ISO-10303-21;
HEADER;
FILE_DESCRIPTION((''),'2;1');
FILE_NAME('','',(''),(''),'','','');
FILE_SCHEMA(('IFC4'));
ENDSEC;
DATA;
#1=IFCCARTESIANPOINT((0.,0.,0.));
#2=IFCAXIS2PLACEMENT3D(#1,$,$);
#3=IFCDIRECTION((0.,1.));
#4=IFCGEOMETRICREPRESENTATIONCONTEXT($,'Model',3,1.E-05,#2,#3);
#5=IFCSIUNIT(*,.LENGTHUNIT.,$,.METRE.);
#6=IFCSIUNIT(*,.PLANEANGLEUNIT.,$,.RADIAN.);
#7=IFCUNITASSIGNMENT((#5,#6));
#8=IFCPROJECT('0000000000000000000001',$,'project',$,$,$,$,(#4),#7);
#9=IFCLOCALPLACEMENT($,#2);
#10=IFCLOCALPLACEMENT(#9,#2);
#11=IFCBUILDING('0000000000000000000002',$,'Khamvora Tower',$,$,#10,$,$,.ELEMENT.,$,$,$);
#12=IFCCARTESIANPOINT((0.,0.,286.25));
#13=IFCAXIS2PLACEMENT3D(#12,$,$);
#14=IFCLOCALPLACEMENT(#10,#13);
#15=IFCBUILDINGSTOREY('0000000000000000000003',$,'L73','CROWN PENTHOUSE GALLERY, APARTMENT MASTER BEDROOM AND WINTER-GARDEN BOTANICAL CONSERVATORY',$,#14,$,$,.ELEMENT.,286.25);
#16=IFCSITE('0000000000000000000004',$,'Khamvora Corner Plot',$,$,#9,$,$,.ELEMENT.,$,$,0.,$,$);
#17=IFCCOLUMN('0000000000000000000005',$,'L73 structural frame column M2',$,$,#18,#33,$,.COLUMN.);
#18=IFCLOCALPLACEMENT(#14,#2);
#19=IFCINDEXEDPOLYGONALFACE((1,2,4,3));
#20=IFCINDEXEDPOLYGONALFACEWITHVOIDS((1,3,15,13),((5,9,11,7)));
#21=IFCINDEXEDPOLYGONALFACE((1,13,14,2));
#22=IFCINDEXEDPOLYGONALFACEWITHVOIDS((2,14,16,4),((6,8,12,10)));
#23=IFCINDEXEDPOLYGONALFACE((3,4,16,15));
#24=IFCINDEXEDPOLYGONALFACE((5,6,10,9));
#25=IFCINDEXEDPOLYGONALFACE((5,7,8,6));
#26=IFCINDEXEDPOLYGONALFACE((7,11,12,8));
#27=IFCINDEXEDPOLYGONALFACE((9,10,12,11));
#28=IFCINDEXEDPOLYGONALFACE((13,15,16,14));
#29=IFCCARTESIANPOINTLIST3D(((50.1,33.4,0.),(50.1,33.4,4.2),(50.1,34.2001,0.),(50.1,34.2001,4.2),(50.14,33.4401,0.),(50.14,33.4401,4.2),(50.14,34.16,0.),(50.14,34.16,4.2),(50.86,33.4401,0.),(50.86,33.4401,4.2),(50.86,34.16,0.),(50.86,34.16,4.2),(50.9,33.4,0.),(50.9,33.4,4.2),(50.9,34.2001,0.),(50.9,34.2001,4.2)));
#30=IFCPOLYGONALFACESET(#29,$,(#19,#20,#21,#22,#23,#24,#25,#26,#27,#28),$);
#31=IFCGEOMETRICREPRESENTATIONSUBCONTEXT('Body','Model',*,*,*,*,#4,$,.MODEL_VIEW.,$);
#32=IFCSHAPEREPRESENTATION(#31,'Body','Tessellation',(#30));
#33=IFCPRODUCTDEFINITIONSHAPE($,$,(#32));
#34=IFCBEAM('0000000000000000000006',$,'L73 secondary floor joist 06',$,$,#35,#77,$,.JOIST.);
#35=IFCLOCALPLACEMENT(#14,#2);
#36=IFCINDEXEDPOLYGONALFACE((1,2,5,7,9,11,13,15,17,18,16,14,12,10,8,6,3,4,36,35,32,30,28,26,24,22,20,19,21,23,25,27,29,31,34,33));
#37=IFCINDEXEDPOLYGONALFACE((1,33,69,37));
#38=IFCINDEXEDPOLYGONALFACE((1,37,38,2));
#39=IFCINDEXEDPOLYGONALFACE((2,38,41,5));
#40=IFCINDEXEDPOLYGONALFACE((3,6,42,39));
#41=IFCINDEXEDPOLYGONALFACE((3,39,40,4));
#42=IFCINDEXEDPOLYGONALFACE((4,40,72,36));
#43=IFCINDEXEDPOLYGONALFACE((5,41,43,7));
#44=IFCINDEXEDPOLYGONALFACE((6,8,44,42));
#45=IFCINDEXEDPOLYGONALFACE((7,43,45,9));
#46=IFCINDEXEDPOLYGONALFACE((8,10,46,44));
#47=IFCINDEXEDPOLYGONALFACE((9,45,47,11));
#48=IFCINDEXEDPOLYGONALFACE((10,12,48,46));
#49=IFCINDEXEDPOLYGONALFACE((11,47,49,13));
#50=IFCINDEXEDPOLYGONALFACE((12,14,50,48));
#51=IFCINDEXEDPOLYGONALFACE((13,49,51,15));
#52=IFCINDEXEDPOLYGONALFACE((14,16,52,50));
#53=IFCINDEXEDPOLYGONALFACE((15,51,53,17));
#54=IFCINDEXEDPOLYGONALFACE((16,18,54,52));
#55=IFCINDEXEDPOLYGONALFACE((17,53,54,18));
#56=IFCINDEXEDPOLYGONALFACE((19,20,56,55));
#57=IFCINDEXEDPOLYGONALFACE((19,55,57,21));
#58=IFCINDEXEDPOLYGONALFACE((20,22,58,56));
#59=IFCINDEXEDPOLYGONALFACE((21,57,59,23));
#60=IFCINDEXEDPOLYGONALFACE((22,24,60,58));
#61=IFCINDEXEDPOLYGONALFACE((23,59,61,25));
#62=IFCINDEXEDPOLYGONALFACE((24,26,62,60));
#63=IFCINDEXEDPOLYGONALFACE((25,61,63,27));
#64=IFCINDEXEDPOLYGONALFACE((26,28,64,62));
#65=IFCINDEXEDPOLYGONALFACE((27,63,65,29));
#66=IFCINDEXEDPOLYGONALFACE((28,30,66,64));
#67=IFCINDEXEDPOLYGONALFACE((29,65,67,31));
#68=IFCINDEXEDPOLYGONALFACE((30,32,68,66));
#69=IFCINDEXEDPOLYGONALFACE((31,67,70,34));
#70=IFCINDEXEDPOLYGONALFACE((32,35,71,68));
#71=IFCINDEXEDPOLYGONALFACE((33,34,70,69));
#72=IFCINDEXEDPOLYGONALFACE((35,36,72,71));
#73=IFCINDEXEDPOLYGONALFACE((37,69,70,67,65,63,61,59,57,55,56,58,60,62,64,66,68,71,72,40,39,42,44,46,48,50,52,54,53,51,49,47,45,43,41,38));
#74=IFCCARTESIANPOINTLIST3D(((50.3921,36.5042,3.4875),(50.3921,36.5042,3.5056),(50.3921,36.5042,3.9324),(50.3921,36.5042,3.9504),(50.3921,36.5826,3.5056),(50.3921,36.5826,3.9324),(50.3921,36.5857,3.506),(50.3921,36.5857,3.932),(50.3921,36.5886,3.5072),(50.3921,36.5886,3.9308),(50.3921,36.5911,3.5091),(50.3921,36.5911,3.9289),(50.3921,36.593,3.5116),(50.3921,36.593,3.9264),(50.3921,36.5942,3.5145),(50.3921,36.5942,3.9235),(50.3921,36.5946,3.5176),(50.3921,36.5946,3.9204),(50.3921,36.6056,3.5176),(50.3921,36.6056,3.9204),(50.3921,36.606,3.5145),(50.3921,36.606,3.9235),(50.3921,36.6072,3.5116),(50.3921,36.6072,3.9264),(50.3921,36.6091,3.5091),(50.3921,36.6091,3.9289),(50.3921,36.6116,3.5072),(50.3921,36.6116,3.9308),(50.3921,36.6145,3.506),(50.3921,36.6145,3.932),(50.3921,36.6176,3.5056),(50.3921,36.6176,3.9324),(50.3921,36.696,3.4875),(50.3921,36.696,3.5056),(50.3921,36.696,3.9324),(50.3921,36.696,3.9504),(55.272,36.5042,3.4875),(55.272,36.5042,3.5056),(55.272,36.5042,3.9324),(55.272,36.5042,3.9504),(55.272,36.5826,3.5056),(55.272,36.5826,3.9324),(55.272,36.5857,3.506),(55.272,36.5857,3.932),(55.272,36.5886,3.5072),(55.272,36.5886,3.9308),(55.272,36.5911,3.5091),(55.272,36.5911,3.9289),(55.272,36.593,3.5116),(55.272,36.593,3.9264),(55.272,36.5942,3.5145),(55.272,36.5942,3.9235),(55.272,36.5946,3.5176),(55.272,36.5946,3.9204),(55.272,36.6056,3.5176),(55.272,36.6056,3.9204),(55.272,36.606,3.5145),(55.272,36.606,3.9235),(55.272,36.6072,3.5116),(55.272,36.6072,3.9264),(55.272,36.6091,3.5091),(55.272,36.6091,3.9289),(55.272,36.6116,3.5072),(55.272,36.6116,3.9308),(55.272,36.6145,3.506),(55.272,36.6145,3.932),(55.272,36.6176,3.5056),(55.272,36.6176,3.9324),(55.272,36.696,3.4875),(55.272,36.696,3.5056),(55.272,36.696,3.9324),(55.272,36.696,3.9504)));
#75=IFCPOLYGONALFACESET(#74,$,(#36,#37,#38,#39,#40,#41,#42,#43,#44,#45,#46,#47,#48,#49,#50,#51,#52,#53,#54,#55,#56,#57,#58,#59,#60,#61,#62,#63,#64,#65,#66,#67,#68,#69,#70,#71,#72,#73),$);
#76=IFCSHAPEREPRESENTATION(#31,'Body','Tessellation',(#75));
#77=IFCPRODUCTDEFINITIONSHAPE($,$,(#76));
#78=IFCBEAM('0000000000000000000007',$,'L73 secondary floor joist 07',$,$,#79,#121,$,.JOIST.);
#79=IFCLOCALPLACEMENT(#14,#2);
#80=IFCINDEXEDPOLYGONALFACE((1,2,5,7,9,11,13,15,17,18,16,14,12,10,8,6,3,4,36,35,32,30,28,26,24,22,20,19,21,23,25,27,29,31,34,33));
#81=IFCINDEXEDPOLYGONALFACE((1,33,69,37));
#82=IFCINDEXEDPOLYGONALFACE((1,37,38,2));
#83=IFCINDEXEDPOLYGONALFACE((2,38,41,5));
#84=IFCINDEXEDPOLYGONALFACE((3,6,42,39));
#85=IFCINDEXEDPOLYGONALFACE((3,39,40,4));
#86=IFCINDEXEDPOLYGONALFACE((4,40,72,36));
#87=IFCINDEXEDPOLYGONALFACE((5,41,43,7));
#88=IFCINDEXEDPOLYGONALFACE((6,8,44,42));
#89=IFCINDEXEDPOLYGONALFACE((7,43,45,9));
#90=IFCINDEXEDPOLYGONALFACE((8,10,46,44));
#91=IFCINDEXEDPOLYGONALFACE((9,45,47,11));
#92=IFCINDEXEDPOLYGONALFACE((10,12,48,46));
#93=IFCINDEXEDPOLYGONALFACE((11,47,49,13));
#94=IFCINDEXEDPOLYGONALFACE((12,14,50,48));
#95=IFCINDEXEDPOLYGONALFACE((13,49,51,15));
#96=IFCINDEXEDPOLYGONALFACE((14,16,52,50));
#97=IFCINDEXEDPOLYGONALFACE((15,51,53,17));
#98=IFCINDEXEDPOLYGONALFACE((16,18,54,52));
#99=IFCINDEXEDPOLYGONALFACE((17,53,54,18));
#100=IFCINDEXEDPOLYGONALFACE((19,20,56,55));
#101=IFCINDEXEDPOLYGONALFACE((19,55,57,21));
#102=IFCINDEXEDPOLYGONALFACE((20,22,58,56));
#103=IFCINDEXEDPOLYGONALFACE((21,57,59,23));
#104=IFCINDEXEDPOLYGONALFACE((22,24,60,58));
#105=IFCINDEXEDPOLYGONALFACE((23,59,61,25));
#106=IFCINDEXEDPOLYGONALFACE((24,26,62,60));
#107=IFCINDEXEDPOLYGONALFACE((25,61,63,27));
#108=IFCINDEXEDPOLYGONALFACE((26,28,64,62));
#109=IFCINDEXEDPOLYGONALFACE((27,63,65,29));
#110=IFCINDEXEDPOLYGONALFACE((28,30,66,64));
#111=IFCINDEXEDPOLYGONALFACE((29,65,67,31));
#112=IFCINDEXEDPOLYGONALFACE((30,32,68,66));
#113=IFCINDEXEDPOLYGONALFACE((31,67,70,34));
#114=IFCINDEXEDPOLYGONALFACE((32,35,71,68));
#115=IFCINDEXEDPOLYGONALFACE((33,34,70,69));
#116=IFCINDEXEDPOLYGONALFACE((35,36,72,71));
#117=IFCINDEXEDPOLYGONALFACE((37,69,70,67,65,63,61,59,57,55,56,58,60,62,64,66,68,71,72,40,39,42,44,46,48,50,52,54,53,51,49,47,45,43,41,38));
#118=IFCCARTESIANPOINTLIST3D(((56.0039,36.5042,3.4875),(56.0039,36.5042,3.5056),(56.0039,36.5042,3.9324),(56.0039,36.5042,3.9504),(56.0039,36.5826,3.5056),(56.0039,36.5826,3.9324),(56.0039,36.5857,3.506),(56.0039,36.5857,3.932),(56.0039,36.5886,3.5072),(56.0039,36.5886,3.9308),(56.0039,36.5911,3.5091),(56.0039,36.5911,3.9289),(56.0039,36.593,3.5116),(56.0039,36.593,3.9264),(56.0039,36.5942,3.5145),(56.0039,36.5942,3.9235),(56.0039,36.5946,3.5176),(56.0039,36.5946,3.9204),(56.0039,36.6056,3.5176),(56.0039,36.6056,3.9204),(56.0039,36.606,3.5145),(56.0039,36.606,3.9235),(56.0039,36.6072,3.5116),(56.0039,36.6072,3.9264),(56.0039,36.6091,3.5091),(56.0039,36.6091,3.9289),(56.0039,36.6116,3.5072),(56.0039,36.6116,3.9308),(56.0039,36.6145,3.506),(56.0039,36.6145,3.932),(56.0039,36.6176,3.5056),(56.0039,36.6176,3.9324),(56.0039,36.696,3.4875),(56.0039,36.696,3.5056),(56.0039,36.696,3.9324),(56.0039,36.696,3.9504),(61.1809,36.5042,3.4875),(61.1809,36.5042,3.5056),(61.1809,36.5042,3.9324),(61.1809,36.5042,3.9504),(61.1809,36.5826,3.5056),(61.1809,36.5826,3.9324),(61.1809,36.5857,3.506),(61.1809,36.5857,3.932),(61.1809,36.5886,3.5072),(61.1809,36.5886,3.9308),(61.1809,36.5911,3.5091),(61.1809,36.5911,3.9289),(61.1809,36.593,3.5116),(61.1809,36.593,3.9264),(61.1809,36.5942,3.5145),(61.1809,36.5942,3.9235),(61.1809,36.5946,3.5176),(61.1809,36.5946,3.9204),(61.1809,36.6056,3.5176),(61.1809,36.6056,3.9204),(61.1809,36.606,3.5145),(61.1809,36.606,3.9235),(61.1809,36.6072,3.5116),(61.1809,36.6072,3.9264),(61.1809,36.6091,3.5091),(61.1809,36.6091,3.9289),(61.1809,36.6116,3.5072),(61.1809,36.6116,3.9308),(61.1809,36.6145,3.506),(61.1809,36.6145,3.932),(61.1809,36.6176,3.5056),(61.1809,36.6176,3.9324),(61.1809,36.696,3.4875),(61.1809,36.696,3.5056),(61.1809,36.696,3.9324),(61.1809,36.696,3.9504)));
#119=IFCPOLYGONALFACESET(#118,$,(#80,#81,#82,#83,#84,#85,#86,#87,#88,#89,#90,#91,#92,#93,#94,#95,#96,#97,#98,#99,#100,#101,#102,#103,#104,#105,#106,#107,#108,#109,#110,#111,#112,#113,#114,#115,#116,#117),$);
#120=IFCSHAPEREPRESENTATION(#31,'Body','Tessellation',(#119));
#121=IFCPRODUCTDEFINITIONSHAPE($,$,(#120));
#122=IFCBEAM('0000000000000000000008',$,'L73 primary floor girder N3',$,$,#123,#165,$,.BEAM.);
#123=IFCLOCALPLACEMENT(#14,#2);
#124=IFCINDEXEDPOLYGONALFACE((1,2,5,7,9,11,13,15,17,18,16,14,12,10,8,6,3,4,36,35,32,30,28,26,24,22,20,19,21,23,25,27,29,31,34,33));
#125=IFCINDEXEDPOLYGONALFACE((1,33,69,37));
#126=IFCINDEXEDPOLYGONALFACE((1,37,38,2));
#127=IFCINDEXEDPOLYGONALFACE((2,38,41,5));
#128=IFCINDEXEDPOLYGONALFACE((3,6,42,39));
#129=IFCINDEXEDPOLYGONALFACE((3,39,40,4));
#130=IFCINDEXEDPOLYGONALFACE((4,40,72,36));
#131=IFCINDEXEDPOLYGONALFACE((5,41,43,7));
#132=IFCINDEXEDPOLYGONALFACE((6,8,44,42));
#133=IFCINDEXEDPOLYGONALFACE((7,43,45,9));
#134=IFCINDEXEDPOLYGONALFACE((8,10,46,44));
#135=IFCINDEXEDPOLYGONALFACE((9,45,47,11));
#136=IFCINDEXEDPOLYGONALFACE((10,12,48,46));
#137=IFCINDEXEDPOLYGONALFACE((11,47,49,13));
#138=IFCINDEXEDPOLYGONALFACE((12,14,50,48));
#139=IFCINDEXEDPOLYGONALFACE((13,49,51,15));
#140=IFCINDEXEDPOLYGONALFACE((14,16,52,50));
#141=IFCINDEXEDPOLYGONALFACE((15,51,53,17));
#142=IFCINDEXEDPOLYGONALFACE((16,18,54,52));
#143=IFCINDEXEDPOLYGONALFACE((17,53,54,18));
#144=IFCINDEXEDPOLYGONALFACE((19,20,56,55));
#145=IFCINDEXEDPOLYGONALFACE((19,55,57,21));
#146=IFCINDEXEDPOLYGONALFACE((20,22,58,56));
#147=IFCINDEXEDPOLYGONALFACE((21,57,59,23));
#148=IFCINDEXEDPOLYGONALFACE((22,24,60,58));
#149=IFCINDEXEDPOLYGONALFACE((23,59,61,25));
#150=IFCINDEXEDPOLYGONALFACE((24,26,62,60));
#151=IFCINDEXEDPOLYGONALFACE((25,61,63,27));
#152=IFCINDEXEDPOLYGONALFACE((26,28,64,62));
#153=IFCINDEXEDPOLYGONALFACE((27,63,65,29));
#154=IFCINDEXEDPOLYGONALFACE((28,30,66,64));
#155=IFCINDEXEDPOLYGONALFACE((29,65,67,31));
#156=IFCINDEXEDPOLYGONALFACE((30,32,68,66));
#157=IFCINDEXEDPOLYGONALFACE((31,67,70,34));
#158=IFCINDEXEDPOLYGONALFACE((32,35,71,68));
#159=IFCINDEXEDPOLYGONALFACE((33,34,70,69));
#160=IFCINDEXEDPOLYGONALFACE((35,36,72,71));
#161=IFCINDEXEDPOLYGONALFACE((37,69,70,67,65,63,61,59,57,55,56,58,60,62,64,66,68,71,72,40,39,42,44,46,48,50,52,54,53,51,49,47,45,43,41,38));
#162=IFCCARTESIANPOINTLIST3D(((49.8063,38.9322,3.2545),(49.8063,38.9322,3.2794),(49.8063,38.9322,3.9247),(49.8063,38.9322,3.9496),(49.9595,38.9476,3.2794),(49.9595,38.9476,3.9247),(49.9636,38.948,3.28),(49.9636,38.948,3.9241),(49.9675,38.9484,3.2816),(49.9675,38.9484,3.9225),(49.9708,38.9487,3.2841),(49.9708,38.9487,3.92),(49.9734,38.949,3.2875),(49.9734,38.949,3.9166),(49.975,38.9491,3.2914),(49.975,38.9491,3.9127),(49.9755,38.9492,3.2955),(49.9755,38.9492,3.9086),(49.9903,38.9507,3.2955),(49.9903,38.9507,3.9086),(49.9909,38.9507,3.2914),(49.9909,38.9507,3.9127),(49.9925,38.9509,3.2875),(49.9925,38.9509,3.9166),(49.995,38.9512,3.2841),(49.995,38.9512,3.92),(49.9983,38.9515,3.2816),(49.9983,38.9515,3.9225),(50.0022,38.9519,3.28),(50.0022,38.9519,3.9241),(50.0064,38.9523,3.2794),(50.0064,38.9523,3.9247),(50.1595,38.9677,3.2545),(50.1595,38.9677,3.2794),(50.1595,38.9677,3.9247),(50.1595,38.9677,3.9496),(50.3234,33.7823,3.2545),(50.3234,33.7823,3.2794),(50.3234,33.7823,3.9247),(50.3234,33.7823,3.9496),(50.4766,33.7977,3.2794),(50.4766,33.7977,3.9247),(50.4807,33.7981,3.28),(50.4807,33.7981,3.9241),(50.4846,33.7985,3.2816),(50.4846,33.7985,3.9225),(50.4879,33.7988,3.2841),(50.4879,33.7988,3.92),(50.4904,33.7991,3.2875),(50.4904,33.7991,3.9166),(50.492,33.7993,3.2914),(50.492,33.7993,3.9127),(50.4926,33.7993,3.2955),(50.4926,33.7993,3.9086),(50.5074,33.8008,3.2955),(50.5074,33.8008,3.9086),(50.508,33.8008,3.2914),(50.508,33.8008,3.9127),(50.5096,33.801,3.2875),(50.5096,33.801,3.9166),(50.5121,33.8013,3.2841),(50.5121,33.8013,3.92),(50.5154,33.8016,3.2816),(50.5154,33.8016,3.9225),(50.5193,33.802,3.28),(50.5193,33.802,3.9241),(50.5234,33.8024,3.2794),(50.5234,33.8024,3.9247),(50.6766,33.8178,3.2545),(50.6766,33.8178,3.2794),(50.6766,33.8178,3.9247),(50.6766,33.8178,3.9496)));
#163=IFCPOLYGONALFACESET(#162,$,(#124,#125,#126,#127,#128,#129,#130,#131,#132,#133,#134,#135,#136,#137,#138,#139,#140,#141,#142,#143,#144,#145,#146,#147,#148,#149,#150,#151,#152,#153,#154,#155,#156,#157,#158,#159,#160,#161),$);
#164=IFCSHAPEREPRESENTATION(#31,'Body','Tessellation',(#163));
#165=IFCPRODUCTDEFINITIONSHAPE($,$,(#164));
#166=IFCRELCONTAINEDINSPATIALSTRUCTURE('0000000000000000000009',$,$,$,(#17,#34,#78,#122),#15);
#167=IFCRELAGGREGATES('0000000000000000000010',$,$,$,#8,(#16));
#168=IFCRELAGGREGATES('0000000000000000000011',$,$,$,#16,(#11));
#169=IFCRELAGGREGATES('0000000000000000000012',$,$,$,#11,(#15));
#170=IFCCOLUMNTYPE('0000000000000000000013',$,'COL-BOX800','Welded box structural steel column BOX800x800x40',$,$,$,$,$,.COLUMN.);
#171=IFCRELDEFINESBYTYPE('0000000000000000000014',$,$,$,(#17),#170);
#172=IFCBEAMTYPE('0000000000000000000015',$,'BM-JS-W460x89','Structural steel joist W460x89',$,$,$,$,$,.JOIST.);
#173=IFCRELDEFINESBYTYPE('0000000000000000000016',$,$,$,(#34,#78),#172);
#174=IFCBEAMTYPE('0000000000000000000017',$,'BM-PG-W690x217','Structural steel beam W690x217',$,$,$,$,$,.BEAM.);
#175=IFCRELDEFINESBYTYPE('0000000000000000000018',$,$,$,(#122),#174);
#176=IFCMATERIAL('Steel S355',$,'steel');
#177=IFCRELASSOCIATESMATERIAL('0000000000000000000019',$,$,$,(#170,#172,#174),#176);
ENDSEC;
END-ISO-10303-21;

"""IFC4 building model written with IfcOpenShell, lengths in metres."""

from ifc_helpers import new_model, si_unit, direction, frame, origin, origin_2d, place, context, subcontext, project, spatial, hollow_rectangle, i_section, extrude, material, material_profile, profile_set, type_object, element, save


model = new_model("IFC4")

# Units and contexts
model_context = context("Model", 3, precision=1e-05, world=origin(), true_north=direction((0.0, 1.0)))
body_context = subcontext(model_context, "Body", "Model", "MODEL_VIEW")
ifc_project = project(units=[si_unit("LENGTHUNIT", "METRE"), si_unit("PLANEANGLEUNIT", "RADIAN")], contexts=[model_context])

# Site, building, storey
site_placement = place(None, origin())
site = spatial("IfcSite", under=ifc_project, at=site_placement, Name="Khamvora Corner Plot", CompositionType="ELEMENT", RefElevation=0.0)
building_placement = place(site_placement, origin())
building = spatial("IfcBuilding", under=site, at=building_placement, Name="Khamvora Tower", CompositionType="ELEMENT")
storey_placement = place(building_placement, frame((0.0, 0.0, 286.25)))
storey = spatial("IfcBuildingStorey", under=building, at=storey_placement, Name="L73", Description="CROWN PENTHOUSE GALLERY, APARTMENT MASTER BEDROOM AND WINTER-GARDEN BOTANICAL CONSERVATORY", CompositionType="ELEMENT", Elevation=286.25)

# Column
ifc_material_1 = material(Name="Steel S355", Category="steel")
ifc_material_profile_1 = material_profile(ifc_material_1, hollow_rectangle(XDim=0.8, YDim=0.8, WallThickness=0.04, at=origin_2d()), Name="BOX800x800x40")
ifc_profile_set_1 = profile_set([ifc_material_profile_1], Name="Steel S355")
column_type = type_object("IfcColumnType", Name="COL-BOX800", Description="Welded box structural steel column BOX800x800x40", PredefinedType="COLUMN", material=ifc_profile_set_1)
column_placement = place(storey_placement, frame((50.5, 33.8, 0.0), z_axis=(0.0, 0.0, 1.0), x_axis=(1.0, 0.0, 0.0)))
element("IfcColumn", 1, at=column_placement, inside=storey, type_object=column_type, Name="L73 structural frame column M2", PredefinedType="COLUMN", context=body_context, shape_type="SweptSolid", body=[
    extrude(hollow_rectangle(XDim=0.8, YDim=0.8, WallThickness=0.04, at=origin_2d()), origin(), (0.0, 0.0, 1.0), 4.2),
])

# Beams
ifc_material_profile_2 = material_profile(ifc_material_1, i_section(OverallWidth=0.1919, OverallDepth=0.4629, WebThickness=0.011, FlangeThickness=0.0181, FilletRadius=0.012, at=origin_2d()), Name="W460x89")
ifc_profile_set_2 = profile_set([ifc_material_profile_2], Name="Steel S355")
beam_type_1 = type_object("IfcBeamType", Name="BM-JS-W460x89", Description="Structural steel joist W460x89", PredefinedType="JOIST", material=ifc_profile_set_2)
beam_1_placement = place(storey_placement, frame((50.3921, 36.6001, 3.719), z_axis=(1.0, 0.0, 0.0), x_axis=(0.0, 1.0, 0.0)))
element("IfcBeam", 2, at=beam_1_placement, inside=storey, type_object=beam_type_1, Name="L73 secondary floor joist 06", PredefinedType="JOIST", context=body_context, shape_type="SweptSolid", body=[
    extrude(i_section(OverallWidth=0.1919, OverallDepth=0.4629, WebThickness=0.011, FlangeThickness=0.0181, FilletRadius=0.012, at=origin_2d()), origin(), (0.0, 0.0, 1.0), 4.8799),
])
beam_2_placement = place(storey_placement, frame((56.0039, 36.6001, 3.719), z_axis=(1.0, 0.0, 0.0), x_axis=(0.0, 1.0, 0.0)))
element("IfcBeam", 3, at=beam_2_placement, inside=storey, type_object=beam_type_1, Name="L73 secondary floor joist 07", PredefinedType="JOIST", context=body_context, shape_type="SweptSolid", body=[
    extrude(i_section(OverallWidth=0.1919, OverallDepth=0.4629, WebThickness=0.011, FlangeThickness=0.0181, FilletRadius=0.012, at=origin_2d()), origin(), (0.0, 0.0, 1.0), 5.177),
])
ifc_material_profile_3 = material_profile(ifc_material_1, i_section(OverallWidth=0.355, OverallDepth=0.6951, WebThickness=0.0149, FlangeThickness=0.0249, FilletRadius=0.0161, at=origin_2d()), Name="W690x217")
ifc_profile_set_3 = profile_set([ifc_material_profile_3], Name="Steel S355")
beam_type_2 = type_object("IfcBeamType", Name="BM-PG-W690x217", Description="Structural steel beam W690x217", PredefinedType="BEAM", material=ifc_profile_set_3)
beam_3_placement = place(storey_placement, frame((50.5, 33.8, 3.6021), z_axis=(-0.099905, 0.994997, 0.0), x_axis=(-0.994997, -0.099905, 0.0)))
element("IfcBeam", 4, at=beam_3_placement, inside=storey, type_object=beam_type_2, Name="L73 primary floor girder N3", PredefinedType="BEAM", context=body_context, shape_type="SweptSolid", body=[
    extrude(i_section(OverallWidth=0.355, OverallDepth=0.6951, WebThickness=0.0149, FlangeThickness=0.0249, FilletRadius=0.0161, at=origin_2d()), origin(), (0.0, 0.0, 1.0), 5.1758),
])

save(model, "model.ifc")
